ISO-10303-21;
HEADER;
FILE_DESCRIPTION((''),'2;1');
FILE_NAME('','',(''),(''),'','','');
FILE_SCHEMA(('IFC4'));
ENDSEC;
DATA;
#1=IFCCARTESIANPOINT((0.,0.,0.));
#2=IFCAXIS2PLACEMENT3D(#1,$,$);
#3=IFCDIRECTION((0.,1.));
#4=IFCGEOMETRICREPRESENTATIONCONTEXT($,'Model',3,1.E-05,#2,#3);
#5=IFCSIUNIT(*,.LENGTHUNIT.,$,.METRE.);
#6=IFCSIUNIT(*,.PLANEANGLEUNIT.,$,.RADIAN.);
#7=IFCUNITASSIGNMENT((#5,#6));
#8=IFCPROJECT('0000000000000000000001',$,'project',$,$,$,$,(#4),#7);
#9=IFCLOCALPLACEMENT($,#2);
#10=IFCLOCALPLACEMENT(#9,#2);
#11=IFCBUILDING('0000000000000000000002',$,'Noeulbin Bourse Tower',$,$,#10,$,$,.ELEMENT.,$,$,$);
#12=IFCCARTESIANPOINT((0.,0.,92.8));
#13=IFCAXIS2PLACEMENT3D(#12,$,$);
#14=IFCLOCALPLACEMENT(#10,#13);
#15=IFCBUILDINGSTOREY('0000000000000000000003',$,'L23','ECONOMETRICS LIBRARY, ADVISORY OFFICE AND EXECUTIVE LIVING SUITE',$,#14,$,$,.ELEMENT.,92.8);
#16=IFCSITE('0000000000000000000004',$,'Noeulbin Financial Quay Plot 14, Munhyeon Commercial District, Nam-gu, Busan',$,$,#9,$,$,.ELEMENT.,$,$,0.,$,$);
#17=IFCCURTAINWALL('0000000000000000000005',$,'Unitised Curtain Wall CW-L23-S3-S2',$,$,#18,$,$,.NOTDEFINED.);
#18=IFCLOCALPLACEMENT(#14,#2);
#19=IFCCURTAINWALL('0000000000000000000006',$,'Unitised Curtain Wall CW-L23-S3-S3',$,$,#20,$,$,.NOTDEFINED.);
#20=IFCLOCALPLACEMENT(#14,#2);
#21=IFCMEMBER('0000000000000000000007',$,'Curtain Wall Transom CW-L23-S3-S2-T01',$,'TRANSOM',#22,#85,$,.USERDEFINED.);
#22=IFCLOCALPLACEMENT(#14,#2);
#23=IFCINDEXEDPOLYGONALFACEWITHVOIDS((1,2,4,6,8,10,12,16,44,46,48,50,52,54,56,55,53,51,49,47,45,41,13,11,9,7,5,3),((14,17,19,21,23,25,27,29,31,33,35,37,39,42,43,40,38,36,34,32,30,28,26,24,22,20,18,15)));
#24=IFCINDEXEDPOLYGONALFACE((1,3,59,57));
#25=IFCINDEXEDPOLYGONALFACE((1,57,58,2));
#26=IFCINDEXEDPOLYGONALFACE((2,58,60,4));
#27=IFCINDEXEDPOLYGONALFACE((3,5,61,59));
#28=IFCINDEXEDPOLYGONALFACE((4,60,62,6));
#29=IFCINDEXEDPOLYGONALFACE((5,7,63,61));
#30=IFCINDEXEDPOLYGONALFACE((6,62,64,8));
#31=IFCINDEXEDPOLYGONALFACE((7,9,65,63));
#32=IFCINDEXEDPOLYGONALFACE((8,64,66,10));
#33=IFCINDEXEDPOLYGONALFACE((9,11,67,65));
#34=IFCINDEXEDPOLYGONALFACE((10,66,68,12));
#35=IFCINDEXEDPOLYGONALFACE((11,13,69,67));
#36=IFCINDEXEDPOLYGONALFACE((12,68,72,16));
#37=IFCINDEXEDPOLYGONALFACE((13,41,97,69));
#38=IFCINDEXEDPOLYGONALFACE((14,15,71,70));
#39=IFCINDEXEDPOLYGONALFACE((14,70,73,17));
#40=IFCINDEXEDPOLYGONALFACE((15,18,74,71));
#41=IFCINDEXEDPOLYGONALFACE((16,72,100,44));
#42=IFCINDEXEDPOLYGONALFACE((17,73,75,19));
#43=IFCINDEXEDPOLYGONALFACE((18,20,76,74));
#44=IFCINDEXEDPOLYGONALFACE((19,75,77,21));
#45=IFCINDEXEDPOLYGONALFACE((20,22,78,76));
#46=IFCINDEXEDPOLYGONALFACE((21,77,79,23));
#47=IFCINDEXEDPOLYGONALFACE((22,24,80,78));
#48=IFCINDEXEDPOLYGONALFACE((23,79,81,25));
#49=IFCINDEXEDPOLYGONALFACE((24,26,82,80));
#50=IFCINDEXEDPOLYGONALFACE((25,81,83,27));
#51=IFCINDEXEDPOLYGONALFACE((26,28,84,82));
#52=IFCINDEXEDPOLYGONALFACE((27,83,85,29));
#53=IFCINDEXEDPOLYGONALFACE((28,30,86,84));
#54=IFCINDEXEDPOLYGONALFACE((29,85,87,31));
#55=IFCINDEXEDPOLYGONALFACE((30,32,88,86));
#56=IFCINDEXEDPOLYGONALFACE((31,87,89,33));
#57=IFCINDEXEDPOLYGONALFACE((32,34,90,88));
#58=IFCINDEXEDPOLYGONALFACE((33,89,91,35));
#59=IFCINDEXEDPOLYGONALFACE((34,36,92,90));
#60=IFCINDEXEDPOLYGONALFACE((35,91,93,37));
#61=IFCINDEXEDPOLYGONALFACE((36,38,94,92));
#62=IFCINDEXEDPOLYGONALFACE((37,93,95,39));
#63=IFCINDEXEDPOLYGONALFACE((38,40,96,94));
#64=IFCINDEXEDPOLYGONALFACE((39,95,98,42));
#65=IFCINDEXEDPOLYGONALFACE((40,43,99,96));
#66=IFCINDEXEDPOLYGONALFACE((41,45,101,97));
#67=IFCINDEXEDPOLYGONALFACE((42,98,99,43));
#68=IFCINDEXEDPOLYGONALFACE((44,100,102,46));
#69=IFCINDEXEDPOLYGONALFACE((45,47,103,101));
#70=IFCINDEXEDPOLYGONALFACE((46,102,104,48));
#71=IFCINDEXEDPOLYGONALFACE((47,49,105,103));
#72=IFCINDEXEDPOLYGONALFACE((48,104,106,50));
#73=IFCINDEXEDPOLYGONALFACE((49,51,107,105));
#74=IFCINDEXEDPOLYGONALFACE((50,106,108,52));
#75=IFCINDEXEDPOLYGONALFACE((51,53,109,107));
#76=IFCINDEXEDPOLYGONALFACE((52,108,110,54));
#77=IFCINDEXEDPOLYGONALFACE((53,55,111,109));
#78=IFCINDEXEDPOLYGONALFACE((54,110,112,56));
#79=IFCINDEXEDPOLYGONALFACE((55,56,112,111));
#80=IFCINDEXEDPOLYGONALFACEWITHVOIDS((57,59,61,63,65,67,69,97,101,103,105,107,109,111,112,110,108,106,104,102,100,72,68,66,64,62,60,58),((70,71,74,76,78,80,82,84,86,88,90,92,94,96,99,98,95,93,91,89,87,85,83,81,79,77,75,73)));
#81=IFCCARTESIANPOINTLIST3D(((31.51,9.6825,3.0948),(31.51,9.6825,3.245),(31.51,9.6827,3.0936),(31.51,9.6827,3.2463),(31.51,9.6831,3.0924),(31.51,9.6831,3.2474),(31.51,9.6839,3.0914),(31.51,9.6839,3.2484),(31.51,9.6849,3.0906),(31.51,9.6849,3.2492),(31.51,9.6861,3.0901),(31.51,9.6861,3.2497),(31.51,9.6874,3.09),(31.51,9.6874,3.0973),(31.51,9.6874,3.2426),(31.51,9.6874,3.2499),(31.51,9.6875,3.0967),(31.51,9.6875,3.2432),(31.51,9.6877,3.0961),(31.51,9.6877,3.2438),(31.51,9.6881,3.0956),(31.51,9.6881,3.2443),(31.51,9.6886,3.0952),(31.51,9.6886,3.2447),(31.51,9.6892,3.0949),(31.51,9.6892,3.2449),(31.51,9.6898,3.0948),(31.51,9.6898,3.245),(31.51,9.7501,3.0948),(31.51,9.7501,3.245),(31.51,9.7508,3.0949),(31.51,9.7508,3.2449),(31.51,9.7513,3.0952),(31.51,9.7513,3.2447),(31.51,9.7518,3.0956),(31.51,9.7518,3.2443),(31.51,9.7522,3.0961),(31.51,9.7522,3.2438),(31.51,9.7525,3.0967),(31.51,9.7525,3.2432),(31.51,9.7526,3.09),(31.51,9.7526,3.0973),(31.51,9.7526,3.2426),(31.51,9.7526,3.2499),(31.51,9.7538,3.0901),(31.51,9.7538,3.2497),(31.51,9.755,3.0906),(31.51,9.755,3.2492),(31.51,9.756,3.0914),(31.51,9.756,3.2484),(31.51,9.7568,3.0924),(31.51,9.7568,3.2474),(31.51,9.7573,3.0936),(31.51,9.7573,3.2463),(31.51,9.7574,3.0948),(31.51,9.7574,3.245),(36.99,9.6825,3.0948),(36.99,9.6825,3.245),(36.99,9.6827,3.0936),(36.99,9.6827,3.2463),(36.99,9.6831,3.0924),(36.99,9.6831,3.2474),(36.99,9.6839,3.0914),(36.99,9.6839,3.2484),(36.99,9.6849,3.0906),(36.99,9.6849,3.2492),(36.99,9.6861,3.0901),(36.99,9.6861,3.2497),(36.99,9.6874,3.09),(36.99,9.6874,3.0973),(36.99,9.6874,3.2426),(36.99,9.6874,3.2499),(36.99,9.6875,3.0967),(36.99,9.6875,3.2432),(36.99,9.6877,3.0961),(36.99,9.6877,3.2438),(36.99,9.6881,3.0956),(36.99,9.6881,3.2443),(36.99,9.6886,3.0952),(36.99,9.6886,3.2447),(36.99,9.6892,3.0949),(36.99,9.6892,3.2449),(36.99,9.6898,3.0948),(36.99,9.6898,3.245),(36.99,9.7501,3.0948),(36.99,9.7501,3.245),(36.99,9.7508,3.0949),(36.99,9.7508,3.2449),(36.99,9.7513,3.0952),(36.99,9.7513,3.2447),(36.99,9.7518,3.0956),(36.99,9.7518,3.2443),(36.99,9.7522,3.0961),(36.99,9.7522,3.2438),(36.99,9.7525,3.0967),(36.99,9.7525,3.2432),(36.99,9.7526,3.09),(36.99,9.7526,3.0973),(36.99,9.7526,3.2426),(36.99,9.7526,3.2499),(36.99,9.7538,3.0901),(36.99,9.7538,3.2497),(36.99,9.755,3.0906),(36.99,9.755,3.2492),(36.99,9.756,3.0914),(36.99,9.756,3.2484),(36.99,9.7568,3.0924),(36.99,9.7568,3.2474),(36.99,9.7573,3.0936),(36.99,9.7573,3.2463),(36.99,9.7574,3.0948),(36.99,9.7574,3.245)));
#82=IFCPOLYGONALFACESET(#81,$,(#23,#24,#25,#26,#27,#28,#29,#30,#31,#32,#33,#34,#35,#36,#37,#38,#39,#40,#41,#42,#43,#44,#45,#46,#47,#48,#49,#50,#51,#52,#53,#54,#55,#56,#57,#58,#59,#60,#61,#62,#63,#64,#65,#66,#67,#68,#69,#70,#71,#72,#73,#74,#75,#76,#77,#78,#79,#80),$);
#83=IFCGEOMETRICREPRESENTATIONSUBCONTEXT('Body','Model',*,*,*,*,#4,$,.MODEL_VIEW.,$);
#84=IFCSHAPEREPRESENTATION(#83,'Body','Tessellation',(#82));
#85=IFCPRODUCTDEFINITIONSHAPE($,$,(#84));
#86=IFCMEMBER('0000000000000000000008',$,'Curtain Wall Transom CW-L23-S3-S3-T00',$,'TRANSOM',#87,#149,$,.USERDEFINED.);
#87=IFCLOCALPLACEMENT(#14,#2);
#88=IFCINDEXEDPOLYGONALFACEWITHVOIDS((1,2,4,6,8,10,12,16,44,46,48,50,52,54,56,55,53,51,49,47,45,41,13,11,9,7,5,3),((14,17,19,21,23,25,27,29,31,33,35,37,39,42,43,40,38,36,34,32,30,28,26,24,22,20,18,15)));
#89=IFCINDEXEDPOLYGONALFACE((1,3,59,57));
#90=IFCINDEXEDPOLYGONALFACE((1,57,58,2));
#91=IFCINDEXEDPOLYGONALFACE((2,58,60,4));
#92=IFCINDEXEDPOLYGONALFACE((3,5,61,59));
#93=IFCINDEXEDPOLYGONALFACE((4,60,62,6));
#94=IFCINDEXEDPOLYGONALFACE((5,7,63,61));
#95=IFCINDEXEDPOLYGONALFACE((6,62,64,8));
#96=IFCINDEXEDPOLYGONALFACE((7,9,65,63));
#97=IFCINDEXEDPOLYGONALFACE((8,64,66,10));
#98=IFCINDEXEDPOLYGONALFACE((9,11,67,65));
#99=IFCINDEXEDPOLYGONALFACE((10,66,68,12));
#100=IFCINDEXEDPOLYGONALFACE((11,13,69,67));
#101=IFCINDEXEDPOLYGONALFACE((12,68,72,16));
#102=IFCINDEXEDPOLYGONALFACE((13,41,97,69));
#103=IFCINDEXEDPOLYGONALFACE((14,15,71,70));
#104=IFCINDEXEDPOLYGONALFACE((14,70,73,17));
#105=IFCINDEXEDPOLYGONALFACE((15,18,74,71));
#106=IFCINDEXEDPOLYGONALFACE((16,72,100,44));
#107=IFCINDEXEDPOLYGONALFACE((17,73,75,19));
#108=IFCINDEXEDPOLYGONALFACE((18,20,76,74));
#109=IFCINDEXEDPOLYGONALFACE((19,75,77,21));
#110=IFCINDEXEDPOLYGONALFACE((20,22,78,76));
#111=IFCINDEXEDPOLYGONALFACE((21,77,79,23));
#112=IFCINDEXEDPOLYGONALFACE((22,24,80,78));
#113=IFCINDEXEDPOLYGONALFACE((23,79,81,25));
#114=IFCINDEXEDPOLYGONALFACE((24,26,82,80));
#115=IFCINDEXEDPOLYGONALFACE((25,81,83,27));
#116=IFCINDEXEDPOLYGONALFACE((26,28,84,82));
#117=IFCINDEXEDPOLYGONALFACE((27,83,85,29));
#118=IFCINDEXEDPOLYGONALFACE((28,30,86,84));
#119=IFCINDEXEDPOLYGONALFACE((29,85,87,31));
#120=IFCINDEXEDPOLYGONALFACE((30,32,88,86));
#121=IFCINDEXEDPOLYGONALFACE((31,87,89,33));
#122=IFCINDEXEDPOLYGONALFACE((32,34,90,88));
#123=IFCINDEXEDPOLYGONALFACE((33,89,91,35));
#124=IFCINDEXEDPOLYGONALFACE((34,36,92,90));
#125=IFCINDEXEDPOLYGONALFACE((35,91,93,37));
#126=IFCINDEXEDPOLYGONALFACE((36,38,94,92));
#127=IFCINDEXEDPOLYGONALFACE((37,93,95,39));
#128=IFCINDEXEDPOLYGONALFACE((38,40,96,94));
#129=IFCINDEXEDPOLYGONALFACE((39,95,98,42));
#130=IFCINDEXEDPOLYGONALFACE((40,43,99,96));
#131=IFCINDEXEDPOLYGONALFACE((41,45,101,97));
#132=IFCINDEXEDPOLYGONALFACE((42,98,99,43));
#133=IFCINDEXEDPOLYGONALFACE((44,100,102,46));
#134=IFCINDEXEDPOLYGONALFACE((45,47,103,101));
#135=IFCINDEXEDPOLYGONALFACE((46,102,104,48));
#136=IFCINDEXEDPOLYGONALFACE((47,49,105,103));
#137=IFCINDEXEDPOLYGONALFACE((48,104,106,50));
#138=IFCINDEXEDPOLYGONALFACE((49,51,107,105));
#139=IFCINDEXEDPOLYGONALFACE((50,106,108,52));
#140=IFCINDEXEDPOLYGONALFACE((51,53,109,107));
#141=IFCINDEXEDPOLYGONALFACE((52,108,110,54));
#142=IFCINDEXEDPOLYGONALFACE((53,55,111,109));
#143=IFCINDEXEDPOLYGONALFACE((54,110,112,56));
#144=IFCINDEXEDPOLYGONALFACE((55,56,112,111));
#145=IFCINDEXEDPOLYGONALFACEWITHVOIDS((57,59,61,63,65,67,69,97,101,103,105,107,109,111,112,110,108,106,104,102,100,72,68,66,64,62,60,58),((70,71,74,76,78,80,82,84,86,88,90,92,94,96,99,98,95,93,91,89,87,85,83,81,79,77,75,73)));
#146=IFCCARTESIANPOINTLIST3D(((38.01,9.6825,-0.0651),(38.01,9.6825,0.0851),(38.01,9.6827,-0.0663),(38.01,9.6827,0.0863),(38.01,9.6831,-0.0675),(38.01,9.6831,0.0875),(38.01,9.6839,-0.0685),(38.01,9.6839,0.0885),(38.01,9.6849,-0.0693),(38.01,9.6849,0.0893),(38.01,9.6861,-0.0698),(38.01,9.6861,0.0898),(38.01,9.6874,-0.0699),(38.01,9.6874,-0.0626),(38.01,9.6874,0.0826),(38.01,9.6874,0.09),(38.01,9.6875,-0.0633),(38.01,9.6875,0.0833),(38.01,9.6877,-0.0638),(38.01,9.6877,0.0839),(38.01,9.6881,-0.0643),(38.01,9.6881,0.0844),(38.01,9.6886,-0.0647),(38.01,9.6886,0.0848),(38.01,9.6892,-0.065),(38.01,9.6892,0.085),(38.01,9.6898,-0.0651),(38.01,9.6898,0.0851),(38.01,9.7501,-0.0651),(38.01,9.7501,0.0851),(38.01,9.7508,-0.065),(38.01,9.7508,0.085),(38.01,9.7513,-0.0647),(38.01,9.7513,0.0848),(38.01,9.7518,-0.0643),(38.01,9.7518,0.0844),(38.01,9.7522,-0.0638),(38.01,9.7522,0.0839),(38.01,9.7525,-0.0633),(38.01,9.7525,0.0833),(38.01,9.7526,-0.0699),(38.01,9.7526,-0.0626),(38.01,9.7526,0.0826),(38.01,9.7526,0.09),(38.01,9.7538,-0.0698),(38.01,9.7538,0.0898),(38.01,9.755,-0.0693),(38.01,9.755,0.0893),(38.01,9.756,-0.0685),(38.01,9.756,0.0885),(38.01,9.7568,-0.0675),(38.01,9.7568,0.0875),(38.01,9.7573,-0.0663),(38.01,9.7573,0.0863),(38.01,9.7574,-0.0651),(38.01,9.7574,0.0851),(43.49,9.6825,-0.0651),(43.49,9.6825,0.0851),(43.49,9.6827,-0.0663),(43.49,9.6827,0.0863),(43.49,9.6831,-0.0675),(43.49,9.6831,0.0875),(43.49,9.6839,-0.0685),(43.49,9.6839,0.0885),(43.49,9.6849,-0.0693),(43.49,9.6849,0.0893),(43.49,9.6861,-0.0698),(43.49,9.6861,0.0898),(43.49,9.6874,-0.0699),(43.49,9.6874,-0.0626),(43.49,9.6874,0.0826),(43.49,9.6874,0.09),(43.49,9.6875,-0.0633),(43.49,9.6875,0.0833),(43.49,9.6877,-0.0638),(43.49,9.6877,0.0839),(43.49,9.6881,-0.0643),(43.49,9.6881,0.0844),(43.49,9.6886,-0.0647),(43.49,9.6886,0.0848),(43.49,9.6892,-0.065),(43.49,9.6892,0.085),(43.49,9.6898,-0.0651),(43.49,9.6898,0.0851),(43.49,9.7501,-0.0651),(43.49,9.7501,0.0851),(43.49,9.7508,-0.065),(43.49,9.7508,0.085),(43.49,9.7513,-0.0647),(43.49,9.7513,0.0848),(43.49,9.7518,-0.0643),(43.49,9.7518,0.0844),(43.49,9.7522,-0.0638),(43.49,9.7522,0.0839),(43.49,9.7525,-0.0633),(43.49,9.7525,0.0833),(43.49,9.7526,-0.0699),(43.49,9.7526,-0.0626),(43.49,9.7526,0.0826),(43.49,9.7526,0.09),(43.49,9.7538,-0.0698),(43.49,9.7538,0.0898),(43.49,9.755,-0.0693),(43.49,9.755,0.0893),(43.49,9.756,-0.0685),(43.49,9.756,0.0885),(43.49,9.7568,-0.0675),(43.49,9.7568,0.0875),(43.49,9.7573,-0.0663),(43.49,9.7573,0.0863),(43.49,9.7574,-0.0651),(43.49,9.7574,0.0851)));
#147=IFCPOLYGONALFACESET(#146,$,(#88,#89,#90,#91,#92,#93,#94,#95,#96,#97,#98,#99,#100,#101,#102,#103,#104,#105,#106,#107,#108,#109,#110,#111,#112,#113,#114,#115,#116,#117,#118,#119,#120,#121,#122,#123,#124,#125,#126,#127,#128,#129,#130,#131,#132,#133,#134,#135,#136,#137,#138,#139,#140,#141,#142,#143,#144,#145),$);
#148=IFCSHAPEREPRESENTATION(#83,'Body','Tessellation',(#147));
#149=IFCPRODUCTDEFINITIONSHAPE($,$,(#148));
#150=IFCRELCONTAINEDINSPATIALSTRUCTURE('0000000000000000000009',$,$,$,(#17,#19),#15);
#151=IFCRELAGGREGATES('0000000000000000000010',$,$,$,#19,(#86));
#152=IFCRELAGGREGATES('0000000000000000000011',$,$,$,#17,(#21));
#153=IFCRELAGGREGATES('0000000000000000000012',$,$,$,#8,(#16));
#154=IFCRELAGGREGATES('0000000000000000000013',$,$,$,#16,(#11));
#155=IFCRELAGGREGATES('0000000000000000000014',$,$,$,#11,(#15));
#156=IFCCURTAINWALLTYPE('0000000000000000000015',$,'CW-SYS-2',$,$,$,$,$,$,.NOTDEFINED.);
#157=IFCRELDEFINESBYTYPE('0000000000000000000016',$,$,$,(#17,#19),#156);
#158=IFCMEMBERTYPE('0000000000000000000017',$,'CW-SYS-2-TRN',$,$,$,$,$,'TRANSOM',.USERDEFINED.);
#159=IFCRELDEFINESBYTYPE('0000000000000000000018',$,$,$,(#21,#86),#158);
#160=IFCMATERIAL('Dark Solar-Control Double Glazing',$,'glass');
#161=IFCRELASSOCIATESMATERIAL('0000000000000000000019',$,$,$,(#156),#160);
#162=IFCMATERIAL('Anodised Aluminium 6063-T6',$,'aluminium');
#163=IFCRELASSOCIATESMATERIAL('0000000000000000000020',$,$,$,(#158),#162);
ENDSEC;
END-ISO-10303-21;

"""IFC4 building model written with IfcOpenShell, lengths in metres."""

from ifc_helpers import new_model, si_unit, direction, frame, origin, origin_2d, place, context, subcontext, project, spatial, hollow_rectangle, extrude, material, material_profile, profile_set, type_object, element, aggregate, save


model = new_model("IFC4")

# Units and contexts
model_context = context("Model", 3, precision=1e-05, world=origin(), true_north=direction((0.0, 1.0)))
body_context = subcontext(model_context, "Body", "Model", "MODEL_VIEW")
ifc_project = project(units=[si_unit("LENGTHUNIT", "METRE"), si_unit("PLANEANGLEUNIT", "RADIAN")], contexts=[model_context])

# Site, building, storey
site_placement = place(None, origin())
site = spatial("IfcSite", under=ifc_project, at=site_placement, Name="Noeulbin Financial Quay Plot 14, Munhyeon Commercial District, Nam-gu, Busan", CompositionType="ELEMENT", RefElevation=0.0)
building_placement = place(site_placement, origin())
building = spatial("IfcBuilding", under=site, at=building_placement, Name="Noeulbin Bourse Tower", CompositionType="ELEMENT")
storey_placement = place(building_placement, frame((0.0, 0.0, 92.8)))
storey = spatial("IfcBuildingStorey", under=building, at=storey_placement, Name="L23", Description="ECONOMETRICS LIBRARY, ADVISORY OFFICE AND EXECUTIVE LIVING SUITE", CompositionType="ELEMENT", Elevation=92.8)

# Curtain wall
ifc_material_1 = material(Name="Dark Solar-Control Double Glazing", Category="glass")
curtain_wall_type = type_object("IfcCurtainWallType", Name="CW-SYS-2", PredefinedType="NOTDEFINED", material=ifc_material_1)
ifc_material_2 = material(Name="Anodised Aluminium 6063-T6", Category="aluminium")
curtain_wall_1_placement = place(storey_placement, origin())
curtain_wall_1 = element("IfcCurtainWall", 1, at=curtain_wall_1_placement, inside=storey, type_object=curtain_wall_type, Name="Unitised Curtain Wall CW-L23-S3-S2", PredefinedType="NOTDEFINED")

# Curtain wall
curtain_wall_2_placement = place(storey_placement, origin())
curtain_wall_2 = element("IfcCurtainWall", 2, at=curtain_wall_2_placement, inside=storey, type_object=curtain_wall_type, Name="Unitised Curtain Wall CW-L23-S3-S3", PredefinedType="NOTDEFINED")

# Members
ifc_material_profile_1 = material_profile(ifc_material_2, hollow_rectangle(XDim=0.075, YDim=0.1599, WallThickness=0.0049, InnerFilletRadius=0.0024, OuterFilletRadius=0.0049, at=origin_2d()), Name="ALU-TRAN-75x160x5", Category="LoadBearing")
ifc_profile_set_1 = profile_set([ifc_material_profile_1], Name="Anodised Aluminium 6063-T6")
member_type_1 = type_object("IfcMemberType", Name="CW-SYS-2-TRN", ElementType="TRANSOM", PredefinedType="USERDEFINED", material=ifc_profile_set_1)
member_1_placement = place(storey_placement, frame((31.51, 9.72, 3.1699), z_axis=(1.0, 0.0, 0.0), x_axis=(0.0, 1.0, 0.0)))
member_1 = element("IfcMember", 3, at=member_1_placement, type_object=member_type_1, Name="Curtain Wall Transom CW-L23-S3-S2-T01", ObjectType="TRANSOM", PredefinedType="USERDEFINED", context=body_context, shape_type="SweptSolid", body=[
    extrude(hollow_rectangle(XDim=0.075, YDim=0.1599, WallThickness=0.0049, InnerFilletRadius=0.0024, OuterFilletRadius=0.0049, at=origin_2d()), origin(), (0.0, 0.0, 1.0), 5.48),
])
member_2_placement = place(storey_placement, frame((38.01, 9.72, 0.01), z_axis=(1.0, 0.0, 0.0), x_axis=(0.0, 1.0, 0.0)))
member_2 = element("IfcMember", 4, at=member_2_placement, type_object=member_type_1, Name="Curtain Wall Transom CW-L23-S3-S3-T00", ObjectType="TRANSOM", PredefinedType="USERDEFINED", context=body_context, shape_type="SweptSolid", body=[
    extrude(hollow_rectangle(XDim=0.075, YDim=0.1599, WallThickness=0.0049, InnerFilletRadius=0.0024, OuterFilletRadius=0.0049, at=origin_2d()), origin(), (0.0, 0.0, 1.0), 5.48),
])
aggregate(curtain_wall_2, [member_2])

aggregate(curtain_wall_1, [member_1])

save(model, "model.ifc")
